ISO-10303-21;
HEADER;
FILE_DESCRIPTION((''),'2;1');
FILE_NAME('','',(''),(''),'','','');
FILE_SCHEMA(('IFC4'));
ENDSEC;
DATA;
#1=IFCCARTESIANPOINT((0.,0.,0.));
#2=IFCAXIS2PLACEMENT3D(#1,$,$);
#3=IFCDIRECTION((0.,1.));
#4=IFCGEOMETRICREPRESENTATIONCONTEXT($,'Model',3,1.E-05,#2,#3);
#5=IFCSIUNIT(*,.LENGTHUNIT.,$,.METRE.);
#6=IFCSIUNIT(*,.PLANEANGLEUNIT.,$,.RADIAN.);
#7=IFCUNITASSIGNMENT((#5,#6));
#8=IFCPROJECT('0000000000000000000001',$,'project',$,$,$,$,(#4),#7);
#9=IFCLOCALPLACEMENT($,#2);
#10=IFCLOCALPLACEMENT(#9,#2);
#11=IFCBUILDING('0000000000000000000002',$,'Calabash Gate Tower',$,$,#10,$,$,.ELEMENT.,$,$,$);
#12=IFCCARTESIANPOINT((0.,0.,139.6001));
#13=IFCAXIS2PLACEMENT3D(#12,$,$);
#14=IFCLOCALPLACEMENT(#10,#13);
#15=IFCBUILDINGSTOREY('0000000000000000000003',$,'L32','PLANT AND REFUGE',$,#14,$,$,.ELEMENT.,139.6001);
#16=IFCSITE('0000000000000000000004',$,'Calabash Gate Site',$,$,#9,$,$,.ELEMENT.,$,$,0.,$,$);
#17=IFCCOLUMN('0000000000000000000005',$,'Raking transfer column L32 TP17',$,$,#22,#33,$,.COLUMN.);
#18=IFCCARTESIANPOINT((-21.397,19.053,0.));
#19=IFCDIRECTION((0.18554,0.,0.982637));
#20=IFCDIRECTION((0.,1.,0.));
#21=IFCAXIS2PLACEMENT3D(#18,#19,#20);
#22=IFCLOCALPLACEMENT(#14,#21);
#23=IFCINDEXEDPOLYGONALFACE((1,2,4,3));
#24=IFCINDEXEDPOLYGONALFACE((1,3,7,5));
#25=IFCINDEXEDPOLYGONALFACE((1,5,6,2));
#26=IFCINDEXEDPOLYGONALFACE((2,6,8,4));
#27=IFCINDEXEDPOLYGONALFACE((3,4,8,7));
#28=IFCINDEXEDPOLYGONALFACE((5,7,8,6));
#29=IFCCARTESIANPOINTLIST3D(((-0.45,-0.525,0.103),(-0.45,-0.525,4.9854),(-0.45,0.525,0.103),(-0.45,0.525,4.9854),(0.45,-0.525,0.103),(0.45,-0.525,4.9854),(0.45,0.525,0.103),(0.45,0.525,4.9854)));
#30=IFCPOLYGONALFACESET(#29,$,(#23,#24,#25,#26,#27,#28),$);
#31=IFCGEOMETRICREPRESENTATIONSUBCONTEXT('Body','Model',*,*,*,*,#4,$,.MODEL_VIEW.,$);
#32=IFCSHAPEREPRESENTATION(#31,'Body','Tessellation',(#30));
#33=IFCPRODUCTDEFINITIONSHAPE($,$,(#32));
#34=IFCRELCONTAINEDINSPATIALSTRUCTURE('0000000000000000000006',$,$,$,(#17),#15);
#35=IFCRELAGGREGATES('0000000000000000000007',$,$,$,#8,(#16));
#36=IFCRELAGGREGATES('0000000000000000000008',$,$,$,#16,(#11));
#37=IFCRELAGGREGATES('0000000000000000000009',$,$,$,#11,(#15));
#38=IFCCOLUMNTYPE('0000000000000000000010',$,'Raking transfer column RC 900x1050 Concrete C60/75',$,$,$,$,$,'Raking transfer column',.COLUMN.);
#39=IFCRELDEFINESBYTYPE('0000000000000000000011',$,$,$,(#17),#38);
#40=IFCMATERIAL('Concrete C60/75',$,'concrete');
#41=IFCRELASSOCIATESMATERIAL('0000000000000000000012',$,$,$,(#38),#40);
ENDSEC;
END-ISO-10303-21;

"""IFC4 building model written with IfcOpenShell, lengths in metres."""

from ifc_helpers import new_model, si_unit, direction, frame, origin, origin_2d, place, context, subcontext, project, spatial, rectangle, extrude, clip, halfspace, material, material_profile, profile_set, type_object, element, save


model = new_model("IFC4")

# Units and contexts
model_context = context("Model", 3, precision=1e-05, world=origin(), true_north=direction((0.0, 1.0)))
body_context = subcontext(model_context, "Body", "Model", "MODEL_VIEW")
ifc_project = project(units=[si_unit("LENGTHUNIT", "METRE"), si_unit("PLANEANGLEUNIT", "RADIAN")], contexts=[model_context])

# Site, building, storey
site_placement = place(None, origin())
site = spatial("IfcSite", under=ifc_project, at=site_placement, Name="Calabash Gate Site", CompositionType="ELEMENT", RefElevation=0.0)
building_placement = place(site_placement, origin())
building = spatial("IfcBuilding", under=site, at=building_placement, Name="Calabash Gate Tower", CompositionType="ELEMENT")
storey_placement = place(building_placement, frame((0.0, 0.0, 139.6001)))
storey = spatial("IfcBuildingStorey", under=building, at=storey_placement, Name="L32", Description="PLANT AND REFUGE", CompositionType="ELEMENT", Elevation=139.6001)

# Column
ifc_material_1 = material(Name="Concrete C60/75", Category="concrete")
ifc_material_profile_1 = material_profile(ifc_material_1, rectangle(XDim=0.8999, YDim=1.05, at=origin_2d()))
ifc_profile_set_1 = profile_set([ifc_material_profile_1], Name="Concrete C60/75")
column_type = type_object("IfcColumnType", Name="Raking transfer column RC 900x1050 Concrete C60/75", ElementType="Raking transfer column", PredefinedType="COLUMN", material=ifc_profile_set_1)
column_placement = place(storey_placement, frame((-21.397, 19.053, 0.0), z_axis=(0.18554, 0.0, 0.982637), x_axis=(0.0, 1.0, 0.0)))
element("IfcColumn", 1, at=column_placement, inside=storey, type_object=column_type, Name="Raking transfer column L32 TP17", PredefinedType="COLUMN", context=body_context, shape_type="Clipping", body=[
    clip(clip(extrude(rectangle(XDim=0.8999, YDim=1.05, at=origin_2d()), origin(), (0.0, 0.0, 1.0), 5.0884), halfspace(frame((0.0, 0.0, 0.103), z_axis=(0.0, 0.0, 1.0), x_axis=(1.0, 0.0, 0.0)), True)), halfspace(frame((0.0, 0.0, 4.9854), z_axis=(0.0, 0.0, 1.0), x_axis=(1.0, 0.0, 0.0)), False)),
])

save(model, "model.ifc")
